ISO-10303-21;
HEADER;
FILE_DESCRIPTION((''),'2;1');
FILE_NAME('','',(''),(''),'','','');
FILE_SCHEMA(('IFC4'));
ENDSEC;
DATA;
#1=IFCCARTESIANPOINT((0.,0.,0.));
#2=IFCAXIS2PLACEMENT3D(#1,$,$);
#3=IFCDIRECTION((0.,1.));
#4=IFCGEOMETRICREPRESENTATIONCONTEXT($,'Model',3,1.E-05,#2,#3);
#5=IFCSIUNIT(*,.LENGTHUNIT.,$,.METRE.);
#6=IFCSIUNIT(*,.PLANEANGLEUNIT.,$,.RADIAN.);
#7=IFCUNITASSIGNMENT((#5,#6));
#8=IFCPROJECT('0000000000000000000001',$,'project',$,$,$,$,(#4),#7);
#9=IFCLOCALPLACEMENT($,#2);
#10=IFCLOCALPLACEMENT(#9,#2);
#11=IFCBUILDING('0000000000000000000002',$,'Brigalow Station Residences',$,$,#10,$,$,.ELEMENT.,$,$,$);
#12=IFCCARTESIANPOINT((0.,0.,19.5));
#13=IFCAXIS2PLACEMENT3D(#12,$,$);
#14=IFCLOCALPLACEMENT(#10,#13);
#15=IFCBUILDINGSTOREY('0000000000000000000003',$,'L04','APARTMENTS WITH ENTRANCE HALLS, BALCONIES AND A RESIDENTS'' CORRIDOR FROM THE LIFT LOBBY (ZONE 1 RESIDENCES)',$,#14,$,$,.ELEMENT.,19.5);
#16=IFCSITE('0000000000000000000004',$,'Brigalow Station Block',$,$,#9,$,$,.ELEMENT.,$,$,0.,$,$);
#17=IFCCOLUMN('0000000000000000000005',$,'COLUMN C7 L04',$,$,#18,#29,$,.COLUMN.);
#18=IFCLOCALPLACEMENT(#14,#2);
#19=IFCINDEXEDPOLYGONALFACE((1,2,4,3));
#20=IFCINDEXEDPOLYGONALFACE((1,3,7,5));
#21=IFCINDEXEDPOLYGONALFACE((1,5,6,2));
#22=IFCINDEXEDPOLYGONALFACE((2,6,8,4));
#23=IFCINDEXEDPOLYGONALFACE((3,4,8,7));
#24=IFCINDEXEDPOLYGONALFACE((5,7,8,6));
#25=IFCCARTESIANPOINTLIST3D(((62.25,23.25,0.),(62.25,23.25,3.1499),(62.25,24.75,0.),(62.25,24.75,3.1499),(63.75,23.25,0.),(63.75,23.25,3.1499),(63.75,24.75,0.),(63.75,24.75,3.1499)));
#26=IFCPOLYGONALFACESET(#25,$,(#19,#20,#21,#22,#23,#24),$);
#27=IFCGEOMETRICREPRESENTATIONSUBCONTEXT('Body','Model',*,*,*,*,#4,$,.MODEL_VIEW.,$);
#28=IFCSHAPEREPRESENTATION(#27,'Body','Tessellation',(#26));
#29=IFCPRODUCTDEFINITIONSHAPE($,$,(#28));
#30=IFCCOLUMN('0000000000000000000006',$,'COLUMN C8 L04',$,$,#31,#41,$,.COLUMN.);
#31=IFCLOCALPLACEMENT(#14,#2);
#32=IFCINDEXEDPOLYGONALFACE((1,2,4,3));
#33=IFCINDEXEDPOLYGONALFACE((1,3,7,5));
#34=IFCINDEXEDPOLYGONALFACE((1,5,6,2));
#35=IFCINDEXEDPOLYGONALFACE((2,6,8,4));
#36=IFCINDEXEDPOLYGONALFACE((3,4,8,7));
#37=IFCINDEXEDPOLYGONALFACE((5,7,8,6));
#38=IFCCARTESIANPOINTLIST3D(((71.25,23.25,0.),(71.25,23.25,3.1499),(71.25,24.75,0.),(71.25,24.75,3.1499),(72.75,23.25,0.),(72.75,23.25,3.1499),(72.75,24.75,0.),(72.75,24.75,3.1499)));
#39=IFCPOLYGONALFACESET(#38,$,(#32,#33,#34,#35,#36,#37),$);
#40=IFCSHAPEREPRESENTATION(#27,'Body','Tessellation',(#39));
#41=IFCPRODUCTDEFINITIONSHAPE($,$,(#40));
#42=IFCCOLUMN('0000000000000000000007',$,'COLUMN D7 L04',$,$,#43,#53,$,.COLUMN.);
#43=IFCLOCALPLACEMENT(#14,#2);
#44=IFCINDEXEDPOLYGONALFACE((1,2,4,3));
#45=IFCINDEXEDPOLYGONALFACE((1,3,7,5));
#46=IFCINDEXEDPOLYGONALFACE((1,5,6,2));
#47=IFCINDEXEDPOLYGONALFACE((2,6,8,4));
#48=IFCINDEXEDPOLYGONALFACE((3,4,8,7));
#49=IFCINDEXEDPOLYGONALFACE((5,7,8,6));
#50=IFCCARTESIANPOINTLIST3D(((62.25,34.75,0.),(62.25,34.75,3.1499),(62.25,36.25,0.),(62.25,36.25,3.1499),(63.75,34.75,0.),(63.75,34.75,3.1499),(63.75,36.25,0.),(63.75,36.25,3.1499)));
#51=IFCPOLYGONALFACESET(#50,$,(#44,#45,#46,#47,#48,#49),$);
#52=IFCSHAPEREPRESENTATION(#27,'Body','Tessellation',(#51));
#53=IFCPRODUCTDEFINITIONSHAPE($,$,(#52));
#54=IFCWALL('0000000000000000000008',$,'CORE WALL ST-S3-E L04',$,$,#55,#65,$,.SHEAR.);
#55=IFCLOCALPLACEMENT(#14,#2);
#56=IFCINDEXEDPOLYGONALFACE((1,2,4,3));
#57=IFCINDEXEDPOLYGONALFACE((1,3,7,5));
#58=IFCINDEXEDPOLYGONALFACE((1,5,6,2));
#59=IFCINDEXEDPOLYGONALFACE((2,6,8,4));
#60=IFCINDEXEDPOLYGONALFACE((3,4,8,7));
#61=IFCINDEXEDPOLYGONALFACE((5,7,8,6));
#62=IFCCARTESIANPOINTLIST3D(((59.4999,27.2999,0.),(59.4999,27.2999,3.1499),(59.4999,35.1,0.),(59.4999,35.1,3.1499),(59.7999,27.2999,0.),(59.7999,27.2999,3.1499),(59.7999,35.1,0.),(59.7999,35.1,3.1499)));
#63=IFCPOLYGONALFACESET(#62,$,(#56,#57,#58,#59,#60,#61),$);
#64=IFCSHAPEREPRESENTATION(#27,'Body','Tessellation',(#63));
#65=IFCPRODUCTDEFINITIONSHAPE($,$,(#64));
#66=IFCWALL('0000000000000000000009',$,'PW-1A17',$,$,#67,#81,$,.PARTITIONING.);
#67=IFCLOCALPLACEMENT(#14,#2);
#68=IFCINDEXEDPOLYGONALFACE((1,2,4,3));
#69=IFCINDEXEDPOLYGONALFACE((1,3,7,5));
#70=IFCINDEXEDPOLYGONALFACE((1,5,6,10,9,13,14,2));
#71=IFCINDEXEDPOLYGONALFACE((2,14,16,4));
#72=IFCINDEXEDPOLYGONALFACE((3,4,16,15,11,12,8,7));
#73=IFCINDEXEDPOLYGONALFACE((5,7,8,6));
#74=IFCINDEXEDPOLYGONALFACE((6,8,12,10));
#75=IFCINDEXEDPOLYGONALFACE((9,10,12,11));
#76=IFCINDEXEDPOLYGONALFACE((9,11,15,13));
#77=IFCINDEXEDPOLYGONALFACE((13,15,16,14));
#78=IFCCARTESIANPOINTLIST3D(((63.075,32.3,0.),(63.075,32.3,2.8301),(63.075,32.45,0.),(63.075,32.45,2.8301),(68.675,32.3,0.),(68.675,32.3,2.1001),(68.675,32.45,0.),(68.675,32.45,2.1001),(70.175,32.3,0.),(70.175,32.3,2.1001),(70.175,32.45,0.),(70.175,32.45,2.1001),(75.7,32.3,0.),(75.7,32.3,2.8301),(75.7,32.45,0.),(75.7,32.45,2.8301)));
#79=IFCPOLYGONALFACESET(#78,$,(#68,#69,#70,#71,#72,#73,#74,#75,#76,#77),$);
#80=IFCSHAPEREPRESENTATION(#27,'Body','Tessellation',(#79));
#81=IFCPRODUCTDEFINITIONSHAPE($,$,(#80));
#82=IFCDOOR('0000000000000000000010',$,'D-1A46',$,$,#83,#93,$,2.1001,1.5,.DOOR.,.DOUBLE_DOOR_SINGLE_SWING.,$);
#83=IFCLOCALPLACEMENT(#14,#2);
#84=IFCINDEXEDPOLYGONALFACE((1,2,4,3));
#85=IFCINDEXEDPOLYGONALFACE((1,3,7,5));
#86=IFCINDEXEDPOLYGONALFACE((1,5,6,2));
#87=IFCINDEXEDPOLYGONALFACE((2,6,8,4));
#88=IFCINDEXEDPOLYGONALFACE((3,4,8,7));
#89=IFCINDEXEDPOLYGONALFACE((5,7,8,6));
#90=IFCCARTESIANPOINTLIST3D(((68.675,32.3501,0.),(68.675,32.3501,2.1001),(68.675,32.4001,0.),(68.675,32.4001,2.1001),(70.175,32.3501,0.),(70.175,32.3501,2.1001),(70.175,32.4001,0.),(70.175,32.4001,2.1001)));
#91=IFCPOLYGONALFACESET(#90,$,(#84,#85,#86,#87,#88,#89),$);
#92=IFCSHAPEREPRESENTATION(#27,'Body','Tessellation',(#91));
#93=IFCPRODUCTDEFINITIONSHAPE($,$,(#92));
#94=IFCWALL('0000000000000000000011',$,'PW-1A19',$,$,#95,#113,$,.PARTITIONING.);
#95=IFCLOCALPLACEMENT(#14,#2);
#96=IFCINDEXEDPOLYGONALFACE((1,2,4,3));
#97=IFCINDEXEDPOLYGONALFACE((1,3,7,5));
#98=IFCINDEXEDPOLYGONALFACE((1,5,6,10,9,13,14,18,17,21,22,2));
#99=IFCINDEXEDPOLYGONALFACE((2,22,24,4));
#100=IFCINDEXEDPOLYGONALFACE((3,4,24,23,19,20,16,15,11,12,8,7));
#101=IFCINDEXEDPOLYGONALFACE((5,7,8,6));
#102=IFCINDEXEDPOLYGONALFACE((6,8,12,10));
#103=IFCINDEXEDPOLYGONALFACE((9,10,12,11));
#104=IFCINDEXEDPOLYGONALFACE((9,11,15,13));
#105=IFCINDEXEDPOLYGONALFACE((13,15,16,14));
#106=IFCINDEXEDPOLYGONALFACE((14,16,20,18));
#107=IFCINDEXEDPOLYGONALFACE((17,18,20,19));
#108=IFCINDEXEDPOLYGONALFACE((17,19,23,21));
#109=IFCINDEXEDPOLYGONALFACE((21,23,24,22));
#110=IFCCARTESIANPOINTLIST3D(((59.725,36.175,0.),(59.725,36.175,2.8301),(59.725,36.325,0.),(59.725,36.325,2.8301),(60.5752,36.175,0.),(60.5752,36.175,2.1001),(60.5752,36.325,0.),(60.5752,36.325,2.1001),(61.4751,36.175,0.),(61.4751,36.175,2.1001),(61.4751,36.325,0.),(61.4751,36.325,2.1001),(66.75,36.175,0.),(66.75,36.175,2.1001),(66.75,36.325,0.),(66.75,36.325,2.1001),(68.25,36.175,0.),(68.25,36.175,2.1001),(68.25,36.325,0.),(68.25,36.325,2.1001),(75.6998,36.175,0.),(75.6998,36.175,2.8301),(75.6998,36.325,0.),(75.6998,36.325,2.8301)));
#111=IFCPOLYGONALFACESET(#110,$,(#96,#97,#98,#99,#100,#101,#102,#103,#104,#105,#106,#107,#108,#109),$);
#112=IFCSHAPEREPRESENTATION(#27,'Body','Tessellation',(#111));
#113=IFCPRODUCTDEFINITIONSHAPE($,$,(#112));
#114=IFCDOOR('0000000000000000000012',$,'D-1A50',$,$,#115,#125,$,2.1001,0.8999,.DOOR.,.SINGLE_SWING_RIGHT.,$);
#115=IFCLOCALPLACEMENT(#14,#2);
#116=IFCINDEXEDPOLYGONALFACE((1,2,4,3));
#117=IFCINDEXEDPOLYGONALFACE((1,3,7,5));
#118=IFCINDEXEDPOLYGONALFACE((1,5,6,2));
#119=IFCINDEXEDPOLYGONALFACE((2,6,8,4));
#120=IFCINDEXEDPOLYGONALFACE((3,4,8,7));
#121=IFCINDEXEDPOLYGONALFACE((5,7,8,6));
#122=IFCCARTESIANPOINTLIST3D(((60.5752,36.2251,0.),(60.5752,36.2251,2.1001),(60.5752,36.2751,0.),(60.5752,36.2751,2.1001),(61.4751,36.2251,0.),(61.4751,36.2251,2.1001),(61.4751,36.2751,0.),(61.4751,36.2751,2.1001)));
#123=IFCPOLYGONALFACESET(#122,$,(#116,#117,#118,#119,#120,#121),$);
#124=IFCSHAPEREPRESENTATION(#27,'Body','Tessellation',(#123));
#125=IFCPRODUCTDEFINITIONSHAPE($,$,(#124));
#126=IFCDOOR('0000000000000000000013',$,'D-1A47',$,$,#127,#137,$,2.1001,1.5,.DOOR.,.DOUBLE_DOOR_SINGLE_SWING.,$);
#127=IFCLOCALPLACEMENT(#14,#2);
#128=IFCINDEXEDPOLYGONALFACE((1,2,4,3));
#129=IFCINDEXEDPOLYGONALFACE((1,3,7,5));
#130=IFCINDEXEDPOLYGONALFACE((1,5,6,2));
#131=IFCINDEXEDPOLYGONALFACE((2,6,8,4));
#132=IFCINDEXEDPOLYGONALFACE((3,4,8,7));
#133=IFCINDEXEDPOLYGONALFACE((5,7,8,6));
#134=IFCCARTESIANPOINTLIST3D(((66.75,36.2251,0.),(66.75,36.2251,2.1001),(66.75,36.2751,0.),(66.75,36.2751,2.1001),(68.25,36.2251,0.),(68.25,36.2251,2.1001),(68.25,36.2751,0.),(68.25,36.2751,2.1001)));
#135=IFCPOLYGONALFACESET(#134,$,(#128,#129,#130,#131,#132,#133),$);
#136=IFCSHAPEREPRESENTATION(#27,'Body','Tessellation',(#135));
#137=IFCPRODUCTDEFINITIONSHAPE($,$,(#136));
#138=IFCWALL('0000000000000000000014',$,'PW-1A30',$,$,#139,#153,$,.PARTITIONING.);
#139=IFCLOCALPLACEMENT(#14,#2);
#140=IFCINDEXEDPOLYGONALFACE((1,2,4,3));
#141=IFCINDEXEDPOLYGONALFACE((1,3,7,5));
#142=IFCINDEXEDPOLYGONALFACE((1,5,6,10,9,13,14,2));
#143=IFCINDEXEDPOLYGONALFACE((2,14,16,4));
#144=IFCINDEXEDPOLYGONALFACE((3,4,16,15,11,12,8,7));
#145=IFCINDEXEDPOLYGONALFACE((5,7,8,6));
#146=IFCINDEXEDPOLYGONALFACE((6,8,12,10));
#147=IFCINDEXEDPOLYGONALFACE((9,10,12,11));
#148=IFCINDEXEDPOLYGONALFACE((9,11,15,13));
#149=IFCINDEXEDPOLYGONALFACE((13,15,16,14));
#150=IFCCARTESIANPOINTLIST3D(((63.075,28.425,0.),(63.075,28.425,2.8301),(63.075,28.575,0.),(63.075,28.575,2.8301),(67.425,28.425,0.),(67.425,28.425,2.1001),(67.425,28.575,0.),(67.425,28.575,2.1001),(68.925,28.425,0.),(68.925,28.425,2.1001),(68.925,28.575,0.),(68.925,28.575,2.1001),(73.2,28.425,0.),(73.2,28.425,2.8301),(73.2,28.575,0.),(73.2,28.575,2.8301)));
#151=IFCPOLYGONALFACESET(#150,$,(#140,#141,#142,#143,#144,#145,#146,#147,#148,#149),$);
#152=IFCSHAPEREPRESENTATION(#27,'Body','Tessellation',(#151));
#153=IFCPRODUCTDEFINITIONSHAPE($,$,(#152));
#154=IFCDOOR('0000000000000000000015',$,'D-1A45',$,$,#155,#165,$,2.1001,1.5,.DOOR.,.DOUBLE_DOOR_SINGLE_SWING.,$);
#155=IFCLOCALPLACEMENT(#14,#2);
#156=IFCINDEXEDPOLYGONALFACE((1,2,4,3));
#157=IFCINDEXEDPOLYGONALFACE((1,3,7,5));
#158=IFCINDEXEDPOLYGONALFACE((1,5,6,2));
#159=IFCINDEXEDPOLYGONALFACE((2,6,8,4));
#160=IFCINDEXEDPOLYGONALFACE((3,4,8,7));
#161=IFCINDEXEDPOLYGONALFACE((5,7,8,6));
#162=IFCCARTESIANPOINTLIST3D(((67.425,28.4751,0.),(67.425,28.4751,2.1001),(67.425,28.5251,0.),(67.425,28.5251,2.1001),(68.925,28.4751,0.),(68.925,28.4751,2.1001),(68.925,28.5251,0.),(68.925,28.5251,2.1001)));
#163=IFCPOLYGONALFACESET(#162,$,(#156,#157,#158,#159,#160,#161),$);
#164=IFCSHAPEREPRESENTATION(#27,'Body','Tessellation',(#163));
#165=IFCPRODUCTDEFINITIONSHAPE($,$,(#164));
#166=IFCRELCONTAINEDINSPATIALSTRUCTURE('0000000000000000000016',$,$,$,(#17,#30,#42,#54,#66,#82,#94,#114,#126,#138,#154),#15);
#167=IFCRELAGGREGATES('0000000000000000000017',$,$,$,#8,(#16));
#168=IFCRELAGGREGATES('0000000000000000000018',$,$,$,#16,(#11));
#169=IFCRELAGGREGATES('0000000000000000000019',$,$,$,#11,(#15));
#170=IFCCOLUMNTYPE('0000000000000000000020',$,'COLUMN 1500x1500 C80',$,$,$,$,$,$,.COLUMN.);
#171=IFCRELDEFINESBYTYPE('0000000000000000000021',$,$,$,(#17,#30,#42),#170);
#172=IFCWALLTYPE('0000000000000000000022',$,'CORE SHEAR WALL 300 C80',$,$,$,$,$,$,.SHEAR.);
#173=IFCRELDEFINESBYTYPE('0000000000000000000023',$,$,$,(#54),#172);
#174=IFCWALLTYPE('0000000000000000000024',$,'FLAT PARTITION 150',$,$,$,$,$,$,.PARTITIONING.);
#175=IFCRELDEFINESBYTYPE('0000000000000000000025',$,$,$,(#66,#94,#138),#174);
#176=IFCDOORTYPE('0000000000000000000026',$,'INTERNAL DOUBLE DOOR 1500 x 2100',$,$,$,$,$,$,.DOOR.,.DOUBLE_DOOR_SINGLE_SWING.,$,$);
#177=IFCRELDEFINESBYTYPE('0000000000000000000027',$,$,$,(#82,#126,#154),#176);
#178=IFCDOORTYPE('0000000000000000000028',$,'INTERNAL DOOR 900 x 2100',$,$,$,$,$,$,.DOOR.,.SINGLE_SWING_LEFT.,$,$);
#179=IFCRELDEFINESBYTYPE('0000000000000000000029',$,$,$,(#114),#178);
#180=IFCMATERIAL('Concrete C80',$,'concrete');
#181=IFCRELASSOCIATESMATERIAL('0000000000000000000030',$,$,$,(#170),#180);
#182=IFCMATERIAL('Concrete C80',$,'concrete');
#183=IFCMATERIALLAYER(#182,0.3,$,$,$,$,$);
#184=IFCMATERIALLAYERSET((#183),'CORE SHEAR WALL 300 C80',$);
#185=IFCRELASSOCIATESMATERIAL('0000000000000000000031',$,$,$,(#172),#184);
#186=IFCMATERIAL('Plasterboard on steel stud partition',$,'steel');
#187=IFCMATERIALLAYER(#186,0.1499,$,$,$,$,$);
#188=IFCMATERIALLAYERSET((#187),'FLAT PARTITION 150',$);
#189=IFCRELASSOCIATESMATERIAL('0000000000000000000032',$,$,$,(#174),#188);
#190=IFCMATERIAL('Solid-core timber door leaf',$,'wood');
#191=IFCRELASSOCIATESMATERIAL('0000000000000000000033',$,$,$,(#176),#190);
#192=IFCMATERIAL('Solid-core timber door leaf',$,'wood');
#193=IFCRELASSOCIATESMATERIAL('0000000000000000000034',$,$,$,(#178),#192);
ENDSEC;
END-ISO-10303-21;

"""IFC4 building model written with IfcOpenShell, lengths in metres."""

from ifc_helpers import new_model, si_unit, direction, frame, frame_2d, origin, origin_2d, place, context, subcontext, project, spatial, rectangle, extrude, material, layer, layer_set, material_profile, profile_set, type_object, element, fill, save


model = new_model("IFC4")

# Units and contexts
model_context = context("Model", 3, precision=1e-05, world=origin(), true_north=direction((0.0, 1.0)))
body_context = subcontext(model_context, "Body", "Model", "MODEL_VIEW")
ifc_project = project(units=[si_unit("LENGTHUNIT", "METRE"), si_unit("PLANEANGLEUNIT", "RADIAN")], contexts=[model_context])

# Site, building, storey
site_placement = place(None, origin())
site = spatial("IfcSite", under=ifc_project, at=site_placement, Name="Brigalow Station Block", CompositionType="ELEMENT", RefElevation=0.0)
building_placement = place(site_placement, origin())
building = spatial("IfcBuilding", under=site, at=building_placement, Name="Brigalow Station Residences", CompositionType="ELEMENT")
storey_placement = place(building_placement, frame((0.0, 0.0, 19.5)))
storey = spatial("IfcBuildingStorey", under=building, at=storey_placement, Name="L04", Description="APARTMENTS WITH ENTRANCE HALLS, BALCONIES AND A RESIDENTS' CORRIDOR FROM THE LIFT LOBBY (ZONE 1 RESIDENCES)", CompositionType="ELEMENT", Elevation=19.5)

# Columns
ifc_material_1 = material(Name="Concrete C80", Category="concrete")
ifc_material_profile = material_profile(ifc_material_1, rectangle(XDim=1.5, YDim=1.5, at=origin_2d()), Name="RC1500x1500")
ifc_profile_set = profile_set([ifc_material_profile], Name="Concrete C80")
column_type = type_object("IfcColumnType", Name="COLUMN 1500x1500 C80", PredefinedType="COLUMN", material=ifc_profile_set)
for number, where, z_axis, x_axis, name in (
    (1, (63.0, 24.0, 0.0), (0.0, 0.0, 1.0), (1.0, 0.0, 0.0), "COLUMN C7 L04"),
    (2, (72.0, 24.0, 0.0), (0.0, 0.0, 1.0), (1.0, 0.0, 0.0), "COLUMN C8 L04"),
    (3, (63.0, 35.5, 0.0), (0.0, 0.0, 1.0), (1.0, 0.0, 0.0), "COLUMN D7 L04"),
):
    element("IfcColumn", number, at=place(storey_placement, frame(where, z_axis=z_axis, x_axis=x_axis)), inside=storey, type_object=column_type, Name=name, PredefinedType="COLUMN", context=body_context, shape_type="SweptSolid", body=[
        extrude(rectangle(XDim=1.5, YDim=1.5, at=origin_2d()), origin(), (0.0, 0.0, 1.0), 3.1499),
    ])

# Wall
ifc_material_2 = material(Name="Concrete C80", Category="concrete")
ifc_layer_1 = layer(ifc_material_2, 0.3)
ifc_layer_set_1 = layer_set([ifc_layer_1], Name="CORE SHEAR WALL 300 C80")
wall_type_1 = type_object("IfcWallType", Name="CORE SHEAR WALL 300 C80", PredefinedType="SHEAR", material=ifc_layer_set_1)
wall_1_placement = place(storey_placement, frame((59.6499, 27.3, 0.0), z_axis=(0.0, 0.0, 1.0), x_axis=(0.0, 1.0, 0.0)))
element("IfcWall", 4, at=wall_1_placement, inside=storey, type_object=wall_type_1, Name="CORE WALL ST-S3-E L04", PredefinedType="SHEAR", context=body_context, shape_type="SweptSolid", body=[
    extrude(rectangle(XDim=7.8, YDim=0.3, at=frame_2d((3.8999, 0.0))), origin(), (0.0, 0.0, 1.0), 3.1499),
])

# Wall, opening, door
ifc_material_3 = material(Name="Plasterboard on steel stud partition", Category="steel")
ifc_layer_2 = layer(ifc_material_3, 0.1499)
ifc_layer_set_2 = layer_set([ifc_layer_2], Name="FLAT PARTITION 150")
wall_type_2 = type_object("IfcWallType", Name="FLAT PARTITION 150", PredefinedType="PARTITIONING", material=ifc_layer_set_2)
wall_2_placement = place(storey_placement, frame((63.075, 32.375, 0.0), z_axis=(0.0, 0.0, 1.0), x_axis=(1.0, 0.0, 0.0)))
wall_2 = element("IfcWall", 5, at=wall_2_placement, inside=storey, type_object=wall_type_2, Name="PW-1A17", PredefinedType="PARTITIONING", context=body_context, shape_type="SweptSolid", body=[
    extrude(rectangle(XDim=12.625, YDim=0.1499, at=frame_2d((6.3125, 0.0))), origin(), (0.0, 0.0, 1.0), 2.8301),
])
opening_1_placement = place(wall_2_placement, frame((5.6001, 0.0, 0.0)))
opening_1 = element("IfcOpeningElement", 6, at=opening_1_placement, cuts=wall_2, PredefinedType="OPENING", context=body_context, shape_type="SweptSolid", body=[
    extrude(rectangle(XDim=1.5, YDim=2.1001, at=frame_2d((0.75, 1.05))), frame((0.0, 0.085, 0.0), z_axis=(0.0, -1.0, 0.0), x_axis=(1.0, 0.0, 0.0)), (0.0, 0.0, 1.0), 0.1699),
])
ifc_material_4 = material(Name="Solid-core timber door leaf", Category="wood")
door_type_1 = type_object("IfcDoorType", Name="INTERNAL DOUBLE DOOR 1500 x 2100", OperationType="DOUBLE_DOOR_SINGLE_SWING", PredefinedType="DOOR", material=ifc_material_4)
door_1_placement = place(opening_1_placement, frame((1.5, 0.0, 0.0), z_axis=(0.0, 0.0, 1.0), x_axis=(-1.0, 0.0, 0.0)))
door_1 = element("IfcDoor", 7, at=door_1_placement, inside=storey, type_object=door_type_1, Name="D-1A46", OperationType="DOUBLE_DOOR_SINGLE_SWING", OverallHeight=2.1001, OverallWidth=1.5, PredefinedType="DOOR", context=body_context, shape_type="SweptSolid", body=[
    extrude(rectangle(XDim=1.5, YDim=2.1001, at=frame_2d((0.75, 1.05))), frame((0.0, 0.0249, 0.0), z_axis=(0.0, -1.0, 0.0), x_axis=(1.0, 0.0, 0.0)), (0.0, 0.0, 1.0), 0.05),
])
fill(opening_1, door_1)

# Wall, openings, doors
wall_3_placement = place(storey_placement, frame((59.7251, 36.25, 0.0), z_axis=(0.0, 0.0, 1.0), x_axis=(1.0, 0.0, 0.0)))
wall_3 = element("IfcWall", 8, at=wall_3_placement, inside=storey, type_object=wall_type_2, Name="PW-1A19", PredefinedType="PARTITIONING", context=body_context, shape_type="SweptSolid", body=[
    extrude(rectangle(XDim=15.9749, YDim=0.1499, at=frame_2d((7.9873, 0.0))), origin(), (0.0, 0.0, 1.0), 2.8301),
])
opening_2_placement = place(wall_3_placement, frame((7.0249, 0.0, 0.0)))
opening_2 = element("IfcOpeningElement", 9, at=opening_2_placement, cuts=wall_3, PredefinedType="OPENING", context=body_context, shape_type="SweptSolid", body=[
    extrude(rectangle(XDim=1.5, YDim=2.1001, at=frame_2d((0.75, 1.05))), frame((0.0, 0.085, 0.0), z_axis=(0.0, -1.0, 0.0), x_axis=(1.0, 0.0, 0.0)), (0.0, 0.0, 1.0), 0.1699),
])
opening_3_placement = place(wall_3_placement, frame((0.8501, 0.0, 0.0)))
opening_3 = element("IfcOpeningElement", 10, at=opening_3_placement, cuts=wall_3, PredefinedType="OPENING", context=body_context, shape_type="SweptSolid", body=[
    extrude(rectangle(XDim=0.8999, YDim=2.1001, at=frame_2d((0.45, 1.05))), frame((0.0, 0.085, 0.0), z_axis=(0.0, -1.0, 0.0), x_axis=(1.0, 0.0, 0.0)), (0.0, 0.0, 1.0), 0.1699),
])
ifc_material_5 = material(Name="Solid-core timber door leaf", Category="wood")
door_type_2 = type_object("IfcDoorType", Name="INTERNAL DOOR 900 x 2100", OperationType="SINGLE_SWING_LEFT", PredefinedType="DOOR", material=ifc_material_5)
door_2_placement = place(opening_3_placement, frame((0.8999, 0.0, 0.0), z_axis=(0.0, 0.0, 1.0), x_axis=(-1.0, 0.0, 0.0)))
door_2 = element("IfcDoor", 11, at=door_2_placement, inside=storey, type_object=door_type_2, Name="D-1A50", OperationType="SINGLE_SWING_RIGHT", OverallHeight=2.1001, OverallWidth=0.8999, PredefinedType="DOOR", context=body_context, shape_type="SweptSolid", body=[
    extrude(rectangle(XDim=0.8999, YDim=2.1001, at=frame_2d((0.45, 1.05))), frame((0.0, 0.0249, 0.0), z_axis=(0.0, -1.0, 0.0), x_axis=(1.0, 0.0, 0.0)), (0.0, 0.0, 1.0), 0.05),
])
fill(opening_3, door_2)
door_3_placement = place(opening_2_placement, frame((1.5, 0.0, 0.0), z_axis=(0.0, 0.0, 1.0), x_axis=(-1.0, 0.0, 0.0)))
door_3 = element("IfcDoor", 12, at=door_3_placement, inside=storey, type_object=door_type_1, Name="D-1A47", OperationType="DOUBLE_DOOR_SINGLE_SWING", OverallHeight=2.1001, OverallWidth=1.5, PredefinedType="DOOR", context=body_context, shape_type="SweptSolid", body=[
    extrude(rectangle(XDim=1.5, YDim=2.1001, at=frame_2d((0.75, 1.05))), frame((0.0, 0.0249, 0.0), z_axis=(0.0, -1.0, 0.0), x_axis=(1.0, 0.0, 0.0)), (0.0, 0.0, 1.0), 0.05),
])
fill(opening_2, door_3)

# Wall, opening, door
wall_4_placement = place(storey_placement, frame((63.075, 28.5, 0.0), z_axis=(0.0, 0.0, 1.0), x_axis=(1.0, 0.0, 0.0)))
wall_4 = element("IfcWall", 13, at=wall_4_placement, inside=storey, type_object=wall_type_2, Name="PW-1A30", PredefinedType="PARTITIONING", context=body_context, shape_type="SweptSolid", body=[
    extrude(rectangle(XDim=10.125, YDim=0.1499, at=frame_2d((5.0625, 0.0))), origin(), (0.0, 0.0, 1.0), 2.8301),
])
opening_4_placement = place(wall_4_placement, frame((4.3501, 0.0, 0.0)))
opening_4 = element("IfcOpeningElement", 14, at=opening_4_placement, cuts=wall_4, PredefinedType="OPENING", context=body_context, shape_type="SweptSolid", body=[
    extrude(rectangle(XDim=1.5, YDim=2.1001, at=frame_2d((0.75, 1.05))), frame((0.0, 0.085, 0.0), z_axis=(0.0, -1.0, 0.0), x_axis=(1.0, 0.0, 0.0)), (0.0, 0.0, 1.0), 0.1699),
])
door_4_placement = place(opening_4_placement, frame((1.5, 0.0, 0.0), z_axis=(0.0, 0.0, 1.0), x_axis=(-1.0, 0.0, 0.0)))
door_4 = element("IfcDoor", 15, at=door_4_placement, inside=storey, type_object=door_type_1, Name="D-1A45", OperationType="DOUBLE_DOOR_SINGLE_SWING", OverallHeight=2.1001, OverallWidth=1.5, PredefinedType="DOOR", context=body_context, shape_type="SweptSolid", body=[
    extrude(rectangle(XDim=1.5, YDim=2.1001, at=frame_2d((0.75, 1.05))), frame((0.0, 0.0249, 0.0), z_axis=(0.0, -1.0, 0.0), x_axis=(1.0, 0.0, 0.0)), (0.0, 0.0, 1.0), 0.05),
])
fill(opening_4, door_4)

save(model, "model.ifc")
